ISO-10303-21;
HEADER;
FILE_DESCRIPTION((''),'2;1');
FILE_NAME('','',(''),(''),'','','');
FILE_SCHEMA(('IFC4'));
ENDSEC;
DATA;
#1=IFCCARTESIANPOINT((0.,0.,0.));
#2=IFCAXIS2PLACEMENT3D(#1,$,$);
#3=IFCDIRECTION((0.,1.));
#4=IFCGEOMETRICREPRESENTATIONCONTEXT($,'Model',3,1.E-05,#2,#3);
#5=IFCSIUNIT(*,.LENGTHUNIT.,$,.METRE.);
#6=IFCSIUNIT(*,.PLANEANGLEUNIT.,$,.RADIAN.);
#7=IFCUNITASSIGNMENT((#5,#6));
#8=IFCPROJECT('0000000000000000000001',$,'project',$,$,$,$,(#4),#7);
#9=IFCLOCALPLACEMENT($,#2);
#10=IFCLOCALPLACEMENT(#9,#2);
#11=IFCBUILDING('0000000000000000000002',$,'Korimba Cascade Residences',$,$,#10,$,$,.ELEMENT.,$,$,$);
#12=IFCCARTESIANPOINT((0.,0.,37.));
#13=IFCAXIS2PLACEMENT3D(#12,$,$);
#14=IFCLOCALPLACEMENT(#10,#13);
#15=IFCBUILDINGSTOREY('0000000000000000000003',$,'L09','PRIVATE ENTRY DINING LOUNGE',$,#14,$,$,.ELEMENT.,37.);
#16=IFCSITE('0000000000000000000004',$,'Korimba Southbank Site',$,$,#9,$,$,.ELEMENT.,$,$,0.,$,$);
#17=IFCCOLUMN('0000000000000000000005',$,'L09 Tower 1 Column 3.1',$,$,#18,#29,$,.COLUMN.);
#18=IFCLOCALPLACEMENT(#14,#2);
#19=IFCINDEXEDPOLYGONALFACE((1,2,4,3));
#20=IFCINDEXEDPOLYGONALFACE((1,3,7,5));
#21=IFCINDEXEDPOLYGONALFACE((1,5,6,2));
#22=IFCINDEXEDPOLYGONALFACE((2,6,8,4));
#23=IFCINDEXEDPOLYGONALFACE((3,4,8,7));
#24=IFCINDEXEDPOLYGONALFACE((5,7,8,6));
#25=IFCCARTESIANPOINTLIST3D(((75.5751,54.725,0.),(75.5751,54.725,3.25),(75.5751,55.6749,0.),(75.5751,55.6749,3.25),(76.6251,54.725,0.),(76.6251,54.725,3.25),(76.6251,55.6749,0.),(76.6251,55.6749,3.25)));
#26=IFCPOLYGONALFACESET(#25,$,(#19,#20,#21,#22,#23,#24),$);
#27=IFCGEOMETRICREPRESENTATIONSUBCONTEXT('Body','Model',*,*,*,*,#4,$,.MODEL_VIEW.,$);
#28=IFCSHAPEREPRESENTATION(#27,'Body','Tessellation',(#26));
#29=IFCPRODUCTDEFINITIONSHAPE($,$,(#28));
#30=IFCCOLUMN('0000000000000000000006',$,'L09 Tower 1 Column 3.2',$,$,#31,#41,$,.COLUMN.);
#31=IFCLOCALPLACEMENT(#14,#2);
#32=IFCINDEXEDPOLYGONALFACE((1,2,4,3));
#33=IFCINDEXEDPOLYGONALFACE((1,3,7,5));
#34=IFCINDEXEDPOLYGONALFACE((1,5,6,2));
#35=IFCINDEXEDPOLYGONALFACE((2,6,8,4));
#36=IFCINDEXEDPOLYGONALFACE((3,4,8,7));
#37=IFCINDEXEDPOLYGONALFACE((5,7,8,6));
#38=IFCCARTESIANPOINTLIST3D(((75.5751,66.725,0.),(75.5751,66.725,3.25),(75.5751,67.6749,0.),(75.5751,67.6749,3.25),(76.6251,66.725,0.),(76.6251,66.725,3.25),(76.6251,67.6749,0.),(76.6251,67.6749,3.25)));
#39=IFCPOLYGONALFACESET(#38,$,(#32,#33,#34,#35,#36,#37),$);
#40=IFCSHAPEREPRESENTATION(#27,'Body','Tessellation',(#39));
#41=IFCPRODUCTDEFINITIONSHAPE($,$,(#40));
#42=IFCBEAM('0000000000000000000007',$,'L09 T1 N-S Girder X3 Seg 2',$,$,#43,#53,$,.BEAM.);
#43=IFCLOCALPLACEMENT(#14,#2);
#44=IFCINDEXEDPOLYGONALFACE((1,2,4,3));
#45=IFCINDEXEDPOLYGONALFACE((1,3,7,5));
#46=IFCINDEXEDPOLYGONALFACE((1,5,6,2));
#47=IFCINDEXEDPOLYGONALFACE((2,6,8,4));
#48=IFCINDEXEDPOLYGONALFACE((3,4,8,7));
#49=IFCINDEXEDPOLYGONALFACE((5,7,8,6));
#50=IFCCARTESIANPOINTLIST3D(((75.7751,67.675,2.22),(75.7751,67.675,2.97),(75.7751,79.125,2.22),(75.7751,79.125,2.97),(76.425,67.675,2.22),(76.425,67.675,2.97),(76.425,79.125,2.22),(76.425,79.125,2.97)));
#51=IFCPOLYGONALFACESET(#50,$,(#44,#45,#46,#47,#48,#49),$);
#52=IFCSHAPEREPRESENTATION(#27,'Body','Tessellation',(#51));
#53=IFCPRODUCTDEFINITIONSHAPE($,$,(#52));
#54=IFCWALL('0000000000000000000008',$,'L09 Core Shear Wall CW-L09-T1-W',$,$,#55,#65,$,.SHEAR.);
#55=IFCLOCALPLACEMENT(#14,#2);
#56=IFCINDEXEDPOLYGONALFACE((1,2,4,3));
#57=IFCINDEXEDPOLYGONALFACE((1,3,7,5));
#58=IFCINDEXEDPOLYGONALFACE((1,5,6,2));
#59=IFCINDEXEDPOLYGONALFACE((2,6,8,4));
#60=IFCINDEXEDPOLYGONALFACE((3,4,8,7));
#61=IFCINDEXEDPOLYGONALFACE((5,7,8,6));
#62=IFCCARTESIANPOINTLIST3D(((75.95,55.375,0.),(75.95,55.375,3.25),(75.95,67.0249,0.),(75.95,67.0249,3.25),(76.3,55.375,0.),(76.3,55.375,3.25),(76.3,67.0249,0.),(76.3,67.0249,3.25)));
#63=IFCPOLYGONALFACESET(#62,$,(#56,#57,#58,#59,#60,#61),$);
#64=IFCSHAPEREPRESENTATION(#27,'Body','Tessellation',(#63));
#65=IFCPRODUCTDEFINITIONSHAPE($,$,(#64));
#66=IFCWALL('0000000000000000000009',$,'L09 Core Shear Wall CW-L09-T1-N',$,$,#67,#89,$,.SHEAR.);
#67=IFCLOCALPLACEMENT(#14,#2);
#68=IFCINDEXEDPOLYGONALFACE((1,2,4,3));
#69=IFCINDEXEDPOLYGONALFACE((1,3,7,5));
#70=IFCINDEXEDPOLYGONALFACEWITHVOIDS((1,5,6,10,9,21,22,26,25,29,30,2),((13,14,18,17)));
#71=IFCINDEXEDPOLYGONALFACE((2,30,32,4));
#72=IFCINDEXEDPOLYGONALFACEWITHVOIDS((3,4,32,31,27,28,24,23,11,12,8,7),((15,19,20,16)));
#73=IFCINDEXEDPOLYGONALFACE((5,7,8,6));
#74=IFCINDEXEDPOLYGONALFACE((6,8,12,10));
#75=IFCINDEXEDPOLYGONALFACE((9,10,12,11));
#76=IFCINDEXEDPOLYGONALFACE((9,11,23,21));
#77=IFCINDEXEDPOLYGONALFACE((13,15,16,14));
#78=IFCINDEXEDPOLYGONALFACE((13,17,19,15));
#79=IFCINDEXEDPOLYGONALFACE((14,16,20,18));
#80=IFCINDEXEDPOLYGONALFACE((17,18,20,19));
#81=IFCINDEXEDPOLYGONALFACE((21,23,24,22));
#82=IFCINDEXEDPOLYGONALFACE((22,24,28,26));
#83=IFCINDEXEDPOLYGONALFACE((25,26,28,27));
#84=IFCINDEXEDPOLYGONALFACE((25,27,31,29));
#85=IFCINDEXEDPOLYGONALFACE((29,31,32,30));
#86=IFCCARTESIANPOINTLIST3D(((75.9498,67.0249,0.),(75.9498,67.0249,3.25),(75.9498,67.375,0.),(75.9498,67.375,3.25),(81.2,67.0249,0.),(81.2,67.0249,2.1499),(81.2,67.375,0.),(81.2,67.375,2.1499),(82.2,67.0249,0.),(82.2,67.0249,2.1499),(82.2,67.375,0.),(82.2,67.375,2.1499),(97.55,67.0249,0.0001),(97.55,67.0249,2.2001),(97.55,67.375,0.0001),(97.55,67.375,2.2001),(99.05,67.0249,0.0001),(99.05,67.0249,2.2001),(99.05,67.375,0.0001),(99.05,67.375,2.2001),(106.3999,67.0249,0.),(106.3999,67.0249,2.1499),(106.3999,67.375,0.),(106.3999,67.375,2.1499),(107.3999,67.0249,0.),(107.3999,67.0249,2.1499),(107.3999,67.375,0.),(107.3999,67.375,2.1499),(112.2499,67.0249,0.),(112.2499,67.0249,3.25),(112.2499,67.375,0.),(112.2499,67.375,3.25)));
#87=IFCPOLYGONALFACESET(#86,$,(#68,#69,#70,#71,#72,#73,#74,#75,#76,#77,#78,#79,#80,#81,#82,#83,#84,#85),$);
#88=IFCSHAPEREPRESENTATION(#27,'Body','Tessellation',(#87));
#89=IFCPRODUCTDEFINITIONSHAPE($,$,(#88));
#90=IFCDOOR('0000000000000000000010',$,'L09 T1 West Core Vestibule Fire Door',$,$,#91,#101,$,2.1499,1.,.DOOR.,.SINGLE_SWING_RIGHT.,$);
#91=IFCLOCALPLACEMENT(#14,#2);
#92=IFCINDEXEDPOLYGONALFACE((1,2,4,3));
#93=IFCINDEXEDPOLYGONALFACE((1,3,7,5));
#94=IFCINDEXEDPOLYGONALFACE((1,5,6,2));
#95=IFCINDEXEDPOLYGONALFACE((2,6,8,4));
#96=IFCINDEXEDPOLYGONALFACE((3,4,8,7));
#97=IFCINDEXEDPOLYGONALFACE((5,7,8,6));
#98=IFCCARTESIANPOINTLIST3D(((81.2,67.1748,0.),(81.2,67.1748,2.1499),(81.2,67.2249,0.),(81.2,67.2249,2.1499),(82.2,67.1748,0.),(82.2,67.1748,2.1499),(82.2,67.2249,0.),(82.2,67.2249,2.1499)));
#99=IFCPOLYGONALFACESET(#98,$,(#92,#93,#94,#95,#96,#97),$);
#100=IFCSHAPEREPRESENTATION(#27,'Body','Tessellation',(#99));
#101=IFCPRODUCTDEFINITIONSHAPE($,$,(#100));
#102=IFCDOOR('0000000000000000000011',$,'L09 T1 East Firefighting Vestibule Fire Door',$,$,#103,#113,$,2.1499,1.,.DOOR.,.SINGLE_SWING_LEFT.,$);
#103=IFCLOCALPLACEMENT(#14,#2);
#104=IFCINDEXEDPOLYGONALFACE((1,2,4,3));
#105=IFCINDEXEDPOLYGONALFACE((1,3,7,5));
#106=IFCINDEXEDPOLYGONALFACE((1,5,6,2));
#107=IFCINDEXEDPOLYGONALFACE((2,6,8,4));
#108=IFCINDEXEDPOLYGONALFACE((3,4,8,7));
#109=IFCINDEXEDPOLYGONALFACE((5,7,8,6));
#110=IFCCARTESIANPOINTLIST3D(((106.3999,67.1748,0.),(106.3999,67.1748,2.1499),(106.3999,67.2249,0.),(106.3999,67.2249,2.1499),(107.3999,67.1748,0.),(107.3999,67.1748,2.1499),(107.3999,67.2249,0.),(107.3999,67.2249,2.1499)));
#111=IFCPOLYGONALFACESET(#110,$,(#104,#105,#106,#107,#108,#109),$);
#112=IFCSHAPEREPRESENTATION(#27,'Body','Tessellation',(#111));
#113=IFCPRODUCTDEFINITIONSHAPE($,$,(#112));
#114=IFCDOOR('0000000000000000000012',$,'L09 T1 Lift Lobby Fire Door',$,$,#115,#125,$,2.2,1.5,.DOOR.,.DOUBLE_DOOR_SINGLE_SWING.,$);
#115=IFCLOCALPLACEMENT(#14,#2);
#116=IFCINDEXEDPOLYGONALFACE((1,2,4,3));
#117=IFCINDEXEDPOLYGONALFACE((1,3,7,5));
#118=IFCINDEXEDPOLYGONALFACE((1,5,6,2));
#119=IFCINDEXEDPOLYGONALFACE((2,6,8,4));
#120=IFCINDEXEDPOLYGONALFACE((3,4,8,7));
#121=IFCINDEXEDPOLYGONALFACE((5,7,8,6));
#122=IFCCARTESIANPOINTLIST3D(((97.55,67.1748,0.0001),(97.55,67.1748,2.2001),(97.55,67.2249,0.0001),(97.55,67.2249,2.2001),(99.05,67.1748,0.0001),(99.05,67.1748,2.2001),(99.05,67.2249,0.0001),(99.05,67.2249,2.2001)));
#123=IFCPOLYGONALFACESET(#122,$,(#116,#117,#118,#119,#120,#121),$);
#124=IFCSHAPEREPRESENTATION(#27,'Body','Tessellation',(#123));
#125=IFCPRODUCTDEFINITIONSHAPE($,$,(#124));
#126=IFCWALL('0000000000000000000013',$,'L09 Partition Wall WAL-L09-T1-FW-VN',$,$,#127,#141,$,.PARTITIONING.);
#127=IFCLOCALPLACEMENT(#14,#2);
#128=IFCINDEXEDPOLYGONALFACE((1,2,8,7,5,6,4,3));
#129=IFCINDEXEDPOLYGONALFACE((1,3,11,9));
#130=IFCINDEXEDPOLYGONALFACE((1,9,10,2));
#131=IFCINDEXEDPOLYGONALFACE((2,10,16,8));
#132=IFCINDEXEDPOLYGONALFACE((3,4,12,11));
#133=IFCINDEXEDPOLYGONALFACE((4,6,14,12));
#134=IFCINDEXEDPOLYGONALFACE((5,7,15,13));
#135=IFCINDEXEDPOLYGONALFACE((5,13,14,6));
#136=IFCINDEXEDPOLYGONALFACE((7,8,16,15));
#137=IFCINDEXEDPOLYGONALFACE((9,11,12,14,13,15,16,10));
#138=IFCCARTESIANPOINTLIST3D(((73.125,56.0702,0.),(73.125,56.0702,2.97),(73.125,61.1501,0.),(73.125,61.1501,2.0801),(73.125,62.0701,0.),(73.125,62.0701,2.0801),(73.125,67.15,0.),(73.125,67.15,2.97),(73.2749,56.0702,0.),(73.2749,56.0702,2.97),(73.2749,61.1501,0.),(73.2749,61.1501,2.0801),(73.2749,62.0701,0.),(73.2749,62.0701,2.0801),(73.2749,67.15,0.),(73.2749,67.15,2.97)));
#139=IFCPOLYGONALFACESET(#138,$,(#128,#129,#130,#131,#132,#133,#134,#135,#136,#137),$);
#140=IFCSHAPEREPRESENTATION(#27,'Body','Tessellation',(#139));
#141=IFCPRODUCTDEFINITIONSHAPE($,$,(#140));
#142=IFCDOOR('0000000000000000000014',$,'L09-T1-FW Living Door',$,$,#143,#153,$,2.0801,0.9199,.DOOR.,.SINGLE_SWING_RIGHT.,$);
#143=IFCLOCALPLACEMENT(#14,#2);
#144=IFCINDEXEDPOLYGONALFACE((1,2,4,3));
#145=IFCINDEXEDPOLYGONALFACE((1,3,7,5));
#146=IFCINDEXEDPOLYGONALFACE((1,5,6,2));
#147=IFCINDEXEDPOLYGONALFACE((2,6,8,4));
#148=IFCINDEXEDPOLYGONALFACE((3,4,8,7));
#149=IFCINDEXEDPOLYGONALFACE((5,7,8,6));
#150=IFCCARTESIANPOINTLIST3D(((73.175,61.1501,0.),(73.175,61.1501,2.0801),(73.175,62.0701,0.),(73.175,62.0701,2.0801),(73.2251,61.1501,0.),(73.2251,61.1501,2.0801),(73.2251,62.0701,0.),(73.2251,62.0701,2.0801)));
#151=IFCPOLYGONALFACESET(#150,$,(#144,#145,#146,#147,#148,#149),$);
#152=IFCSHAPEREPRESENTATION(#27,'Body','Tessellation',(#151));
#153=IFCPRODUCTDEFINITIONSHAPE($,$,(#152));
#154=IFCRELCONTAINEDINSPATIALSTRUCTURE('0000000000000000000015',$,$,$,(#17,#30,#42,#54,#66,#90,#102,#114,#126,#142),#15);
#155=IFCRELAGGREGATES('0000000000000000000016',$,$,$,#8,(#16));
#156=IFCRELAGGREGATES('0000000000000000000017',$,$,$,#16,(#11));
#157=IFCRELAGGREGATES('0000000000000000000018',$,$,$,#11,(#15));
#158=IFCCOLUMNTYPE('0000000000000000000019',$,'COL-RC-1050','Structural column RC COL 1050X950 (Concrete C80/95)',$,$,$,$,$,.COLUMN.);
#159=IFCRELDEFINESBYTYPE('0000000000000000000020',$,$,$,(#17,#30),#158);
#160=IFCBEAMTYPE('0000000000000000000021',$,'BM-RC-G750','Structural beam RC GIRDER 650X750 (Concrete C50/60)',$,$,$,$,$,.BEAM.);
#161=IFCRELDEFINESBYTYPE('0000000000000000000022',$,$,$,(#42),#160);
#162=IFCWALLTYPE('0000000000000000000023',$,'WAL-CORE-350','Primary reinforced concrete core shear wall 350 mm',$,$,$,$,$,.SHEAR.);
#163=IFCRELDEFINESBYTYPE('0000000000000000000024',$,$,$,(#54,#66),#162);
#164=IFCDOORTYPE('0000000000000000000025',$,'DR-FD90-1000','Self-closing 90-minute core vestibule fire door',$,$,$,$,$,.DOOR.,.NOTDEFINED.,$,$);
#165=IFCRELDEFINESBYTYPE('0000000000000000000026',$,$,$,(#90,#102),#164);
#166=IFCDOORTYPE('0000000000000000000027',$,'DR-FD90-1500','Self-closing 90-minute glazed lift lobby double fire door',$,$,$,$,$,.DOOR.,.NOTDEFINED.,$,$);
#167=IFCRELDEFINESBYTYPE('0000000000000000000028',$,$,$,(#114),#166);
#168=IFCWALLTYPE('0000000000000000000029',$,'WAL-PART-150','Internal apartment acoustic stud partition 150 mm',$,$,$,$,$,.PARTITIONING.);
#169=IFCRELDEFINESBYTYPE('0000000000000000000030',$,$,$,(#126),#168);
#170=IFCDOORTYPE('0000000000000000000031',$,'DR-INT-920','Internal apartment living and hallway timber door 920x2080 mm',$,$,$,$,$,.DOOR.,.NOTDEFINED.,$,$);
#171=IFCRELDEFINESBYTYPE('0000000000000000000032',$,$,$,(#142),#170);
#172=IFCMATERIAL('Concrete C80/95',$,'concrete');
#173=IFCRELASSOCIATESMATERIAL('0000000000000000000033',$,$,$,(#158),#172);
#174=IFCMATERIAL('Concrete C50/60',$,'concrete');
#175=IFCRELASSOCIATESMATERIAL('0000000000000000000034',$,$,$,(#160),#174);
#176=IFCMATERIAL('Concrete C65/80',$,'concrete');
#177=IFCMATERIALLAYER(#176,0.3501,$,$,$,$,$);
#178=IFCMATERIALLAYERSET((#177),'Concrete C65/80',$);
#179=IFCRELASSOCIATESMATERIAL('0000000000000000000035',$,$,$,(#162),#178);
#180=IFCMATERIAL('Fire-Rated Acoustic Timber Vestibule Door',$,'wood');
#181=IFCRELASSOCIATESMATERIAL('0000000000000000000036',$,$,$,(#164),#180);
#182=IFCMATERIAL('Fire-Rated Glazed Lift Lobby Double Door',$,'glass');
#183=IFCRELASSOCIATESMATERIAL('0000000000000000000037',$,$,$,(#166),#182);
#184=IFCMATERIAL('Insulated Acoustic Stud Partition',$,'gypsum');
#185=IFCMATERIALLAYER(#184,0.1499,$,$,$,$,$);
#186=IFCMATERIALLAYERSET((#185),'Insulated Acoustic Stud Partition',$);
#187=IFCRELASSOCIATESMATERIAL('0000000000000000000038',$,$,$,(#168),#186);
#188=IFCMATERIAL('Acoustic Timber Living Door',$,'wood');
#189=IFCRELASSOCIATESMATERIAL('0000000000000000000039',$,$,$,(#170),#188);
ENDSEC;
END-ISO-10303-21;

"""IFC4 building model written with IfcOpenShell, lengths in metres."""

from ifc_helpers import new_model, si_unit, direction, frame, frame_2d, origin, origin_2d, place, context, subcontext, project, spatial, rectangle, extrude, material, layer, layer_set, material_profile, profile_set, type_object, element, fill, save


model = new_model("IFC4")

# Units and contexts
model_context = context("Model", 3, precision=1e-05, world=origin(), true_north=direction((0.0, 1.0)))
body_context = subcontext(model_context, "Body", "Model", "MODEL_VIEW")
ifc_project = project(units=[si_unit("LENGTHUNIT", "METRE"), si_unit("PLANEANGLEUNIT", "RADIAN")], contexts=[model_context])

# Site, building, storey
site_placement = place(None, origin())
site = spatial("IfcSite", under=ifc_project, at=site_placement, Name="Korimba Southbank Site", CompositionType="ELEMENT", RefElevation=0.0)
building_placement = place(site_placement, origin())
building = spatial("IfcBuilding", under=site, at=building_placement, Name="Korimba Cascade Residences", CompositionType="ELEMENT")
storey_placement = place(building_placement, frame((0.0, 0.0, 37.0)))
storey = spatial("IfcBuildingStorey", under=building, at=storey_placement, Name="L09", Description="PRIVATE ENTRY DINING LOUNGE", CompositionType="ELEMENT", Elevation=37.0)

# Columns
ifc_material_1 = material(Name="Concrete C80/95", Category="concrete")
ifc_material_profile_1 = material_profile(ifc_material_1, rectangle(XDim=1.05, YDim=0.95, at=origin_2d()), Name="Concrete C80/95")
ifc_profile_set_1 = profile_set([ifc_material_profile_1], Name="Concrete C80/95")
column_type = type_object("IfcColumnType", Name="COL-RC-1050", Description="Structural column RC COL 1050X950 (Concrete C80/95)", PredefinedType="COLUMN", material=ifc_profile_set_1)
for number, where, z_axis, x_axis, name in (
    (1, (76.1001, 55.2, 0.0), (0.0, 0.0, 1.0), (1.0, 0.0, 0.0), "L09 Tower 1 Column 3.1"),
    (2, (76.1001, 67.2, 0.0), (0.0, 0.0, 1.0), (1.0, 0.0, 0.0), "L09 Tower 1 Column 3.2"),
):
    element("IfcColumn", number, at=place(storey_placement, frame(where, z_axis=z_axis, x_axis=x_axis)), inside=storey, type_object=column_type, Name=name, PredefinedType="COLUMN", context=body_context, shape_type="SweptSolid", body=[
        extrude(rectangle(XDim=1.05, YDim=0.95, at=origin_2d()), origin(), (0.0, 0.0, 1.0), 3.25),
    ])

# Beam
ifc_material_2 = material(Name="Concrete C50/60", Category="concrete")
ifc_material_profile_2 = material_profile(ifc_material_2, rectangle(XDim=0.6499, YDim=0.75, at=origin_2d()), Name="Concrete C50/60")
ifc_profile_set_2 = profile_set([ifc_material_profile_2], Name="Concrete C50/60")
beam_type = type_object("IfcBeamType", Name="BM-RC-G750", Description="Structural beam RC GIRDER 650X750 (Concrete C50/60)", PredefinedType="BEAM", material=ifc_profile_set_2)
beam_placement = place(storey_placement, frame((76.1001, 67.675, 2.595), z_axis=(0.0, 1.0, 0.0), x_axis=(-1.0, 0.0, 0.0)))
element("IfcBeam", 3, at=beam_placement, inside=storey, type_object=beam_type, Name="L09 T1 N-S Girder X3 Seg 2", PredefinedType="BEAM", context=body_context, shape_type="SweptSolid", body=[
    extrude(rectangle(XDim=0.6499, YDim=0.75, at=origin_2d()), origin(), (0.0, 0.0, 1.0), 11.45),
])

# Wall
ifc_material_3 = material(Name="Concrete C65/80", Category="concrete")
ifc_layer_1 = layer(ifc_material_3, 0.3501)
ifc_layer_set_1 = layer_set([ifc_layer_1], Name="Concrete C65/80")
wall_type_1 = type_object("IfcWallType", Name="WAL-CORE-350", Description="Primary reinforced concrete core shear wall 350 mm", PredefinedType="SHEAR", material=ifc_layer_set_1)
wall_1_placement = place(storey_placement, frame((76.125, 55.375, 0.0), z_axis=(0.0, 0.0, 1.0), x_axis=(0.0, 1.0, 0.0)))
element("IfcWall", 4, at=wall_1_placement, inside=storey, type_object=wall_type_1, Name="L09 Core Shear Wall CW-L09-T1-W", PredefinedType="SHEAR", context=body_context, shape_type="SweptSolid", body=[
    extrude(rectangle(XDim=11.6499, YDim=0.3501, at=frame_2d((5.825, 0.0))), origin(), (0.0, 0.0, 1.0), 3.25),
])

# Wall, openings, doors
wall_2_placement = place(storey_placement, frame((75.95, 67.2, 0.0), z_axis=(0.0, 0.0, 1.0), x_axis=(1.0, 0.0, 0.0)))
wall_2 = element("IfcWall", 5, at=wall_2_placement, inside=storey, type_object=wall_type_1, Name="L09 Core Shear Wall CW-L09-T1-N", PredefinedType="SHEAR", context=body_context, shape_type="SweptSolid", body=[
    extrude(rectangle(XDim=36.3, YDim=0.3501, at=frame_2d((18.1499, 0.0))), origin(), (0.0, 0.0, 1.0), 3.25),
])
opening_1_placement = place(wall_2_placement, frame((5.25, 0.0, 0.0)))
opening_1 = element("IfcOpeningElement", 6, at=opening_1_placement, cuts=wall_2, PredefinedType="OPENING", context=body_context, shape_type="SweptSolid", body=[
    extrude(rectangle(XDim=1.0, YDim=2.1499, at=frame_2d((0.5, 1.075))), frame((0.0, 0.1851, 0.0), z_axis=(0.0, -1.0, 0.0), x_axis=(1.0, 0.0, 0.0)), (0.0, 0.0, 1.0), 0.3701),
])
opening_2_placement = place(wall_2_placement, frame((21.6001, 0.0, 0.0)))
opening_2 = element("IfcOpeningElement", 7, at=opening_2_placement, cuts=wall_2, PredefinedType="OPENING", context=body_context, shape_type="SweptSolid", body=[
    extrude(rectangle(XDim=1.5, YDim=2.2, at=frame_2d((0.75, 1.1001))), frame((0.0, 0.1851, 0.0), z_axis=(0.0, -1.0, 0.0), x_axis=(1.0, 0.0, 0.0)), (0.0, 0.0, 1.0), 0.3701),
])
opening_3_placement = place(wall_2_placement, frame((30.45, 0.0, 0.0)))
opening_3 = element("IfcOpeningElement", 8, at=opening_3_placement, cuts=wall_2, PredefinedType="OPENING", context=body_context, shape_type="SweptSolid", body=[
    extrude(rectangle(XDim=1.0, YDim=2.1499, at=frame_2d((0.5, 1.075))), frame((0.0, 0.1851, 0.0), z_axis=(0.0, -1.0, 0.0), x_axis=(1.0, 0.0, 0.0)), (0.0, 0.0, 1.0), 0.3701),
])
ifc_material_4 = material(Name="Fire-Rated Acoustic Timber Vestibule Door", Category="wood")
door_type_1 = type_object("IfcDoorType", Name="DR-FD90-1000", Description="Self-closing 90-minute core vestibule fire door", OperationType="NOTDEFINED", PredefinedType="DOOR", material=ifc_material_4)
door_1_placement = place(opening_1_placement, origin())
door_1 = element("IfcDoor", 9, at=door_1_placement, inside=storey, type_object=door_type_1, Name="L09 T1 West Core Vestibule Fire Door", OperationType="SINGLE_SWING_RIGHT", OverallHeight=2.1499, OverallWidth=1.0, PredefinedType="DOOR", context=body_context, shape_type="SweptSolid", body=[
    extrude(rectangle(XDim=1.0, YDim=2.1499, at=frame_2d((0.5, 1.075))), frame((0.0, 0.0249, 0.0), z_axis=(0.0, -1.0, 0.0), x_axis=(1.0, 0.0, 0.0)), (0.0, 0.0, 1.0), 0.05),
])
fill(opening_1, door_1)
door_2_placement = place(opening_3_placement, origin())
door_2 = element("IfcDoor", 10, at=door_2_placement, inside=storey, type_object=door_type_1, Name="L09 T1 East Firefighting Vestibule Fire Door", OperationType="SINGLE_SWING_LEFT", OverallHeight=2.1499, OverallWidth=1.0, PredefinedType="DOOR", context=body_context, shape_type="SweptSolid", body=[
    extrude(rectangle(XDim=1.0, YDim=2.1499, at=frame_2d((0.5, 1.075))), frame((0.0, 0.0249, 0.0), z_axis=(0.0, -1.0, 0.0), x_axis=(1.0, 0.0, 0.0)), (0.0, 0.0, 1.0), 0.05),
])
fill(opening_3, door_2)
ifc_material_5 = material(Name="Fire-Rated Glazed Lift Lobby Double Door", Category="glass")
door_type_2 = type_object("IfcDoorType", Name="DR-FD90-1500", Description="Self-closing 90-minute glazed lift lobby double fire door", OperationType="NOTDEFINED", PredefinedType="DOOR", material=ifc_material_5)
door_3_placement = place(opening_2_placement, origin())
door_3 = element("IfcDoor", 11, at=door_3_placement, inside=storey, type_object=door_type_2, Name="L09 T1 Lift Lobby Fire Door", OperationType="DOUBLE_DOOR_SINGLE_SWING", OverallHeight=2.2, OverallWidth=1.5, PredefinedType="DOOR", context=body_context, shape_type="SweptSolid", body=[
    extrude(rectangle(XDim=1.5, YDim=2.2, at=frame_2d((0.75, 1.1001))), frame((0.0, 0.0249, 0.0), z_axis=(0.0, -1.0, 0.0), x_axis=(1.0, 0.0, 0.0)), (0.0, 0.0, 1.0), 0.05),
])
fill(opening_2, door_3)

# Wall, opening, door
ifc_material_6 = material(Name="Insulated Acoustic Stud Partition", Category="gypsum")
ifc_layer_2 = layer(ifc_material_6, 0.1499)
ifc_layer_set_2 = layer_set([ifc_layer_2], Name="Insulated Acoustic Stud Partition")
wall_type_2 = type_object("IfcWallType", Name="WAL-PART-150", Description="Internal apartment acoustic stud partition 150 mm", PredefinedType="PARTITIONING", material=ifc_layer_set_2)
wall_3_placement = place(storey_placement, frame((73.2, 56.0701, 0.0), z_axis=(0.0, 0.0, 1.0), x_axis=(0.0, 1.0, 0.0)))
wall_3 = element("IfcWall", 12, at=wall_3_placement, inside=storey, type_object=wall_type_2, Name="L09 Partition Wall WAL-L09-T1-FW-VN", PredefinedType="PARTITIONING", context=body_context, shape_type="SweptSolid", body=[
    extrude(rectangle(XDim=11.0798, YDim=0.1499, at=frame_2d((5.54, 0.0))), origin(), (0.0, 0.0, 1.0), 2.97),
])
opening_4_placement = place(wall_3_placement, frame((5.0801, 0.0, 0.0)))
opening_4 = element("IfcOpeningElement", 13, at=opening_4_placement, cuts=wall_3, PredefinedType="OPENING", context=body_context, shape_type="SweptSolid", body=[
    extrude(rectangle(XDim=0.9199, YDim=2.0801, at=frame_2d((0.46, 1.04))), frame((0.0, 0.085, 0.0), z_axis=(0.0, -1.0, 0.0), x_axis=(1.0, 0.0, 0.0)), (0.0, 0.0, 1.0), 0.1699),
])
ifc_material_7 = material(Name="Acoustic Timber Living Door", Category="wood")
door_type_3 = type_object("IfcDoorType", Name="DR-INT-920", Description="Internal apartment living and hallway timber door 920x2080 mm", OperationType="NOTDEFINED", PredefinedType="DOOR", material=ifc_material_7)
door_4_placement = place(opening_4_placement, origin())
door_4 = element("IfcDoor", 14, at=door_4_placement, inside=storey, type_object=door_type_3, Name="L09-T1-FW Living Door", OperationType="SINGLE_SWING_RIGHT", OverallHeight=2.0801, OverallWidth=0.9199, PredefinedType="DOOR", context=body_context, shape_type="SweptSolid", body=[
    extrude(rectangle(XDim=0.9199, YDim=2.0801, at=frame_2d((0.46, 1.04))), frame((0.0, 0.0249, 0.0), z_axis=(0.0, -1.0, 0.0), x_axis=(1.0, 0.0, 0.0)), (0.0, 0.0, 1.0), 0.05),
])
fill(opening_4, door_4)

save(model, "model.ifc")
